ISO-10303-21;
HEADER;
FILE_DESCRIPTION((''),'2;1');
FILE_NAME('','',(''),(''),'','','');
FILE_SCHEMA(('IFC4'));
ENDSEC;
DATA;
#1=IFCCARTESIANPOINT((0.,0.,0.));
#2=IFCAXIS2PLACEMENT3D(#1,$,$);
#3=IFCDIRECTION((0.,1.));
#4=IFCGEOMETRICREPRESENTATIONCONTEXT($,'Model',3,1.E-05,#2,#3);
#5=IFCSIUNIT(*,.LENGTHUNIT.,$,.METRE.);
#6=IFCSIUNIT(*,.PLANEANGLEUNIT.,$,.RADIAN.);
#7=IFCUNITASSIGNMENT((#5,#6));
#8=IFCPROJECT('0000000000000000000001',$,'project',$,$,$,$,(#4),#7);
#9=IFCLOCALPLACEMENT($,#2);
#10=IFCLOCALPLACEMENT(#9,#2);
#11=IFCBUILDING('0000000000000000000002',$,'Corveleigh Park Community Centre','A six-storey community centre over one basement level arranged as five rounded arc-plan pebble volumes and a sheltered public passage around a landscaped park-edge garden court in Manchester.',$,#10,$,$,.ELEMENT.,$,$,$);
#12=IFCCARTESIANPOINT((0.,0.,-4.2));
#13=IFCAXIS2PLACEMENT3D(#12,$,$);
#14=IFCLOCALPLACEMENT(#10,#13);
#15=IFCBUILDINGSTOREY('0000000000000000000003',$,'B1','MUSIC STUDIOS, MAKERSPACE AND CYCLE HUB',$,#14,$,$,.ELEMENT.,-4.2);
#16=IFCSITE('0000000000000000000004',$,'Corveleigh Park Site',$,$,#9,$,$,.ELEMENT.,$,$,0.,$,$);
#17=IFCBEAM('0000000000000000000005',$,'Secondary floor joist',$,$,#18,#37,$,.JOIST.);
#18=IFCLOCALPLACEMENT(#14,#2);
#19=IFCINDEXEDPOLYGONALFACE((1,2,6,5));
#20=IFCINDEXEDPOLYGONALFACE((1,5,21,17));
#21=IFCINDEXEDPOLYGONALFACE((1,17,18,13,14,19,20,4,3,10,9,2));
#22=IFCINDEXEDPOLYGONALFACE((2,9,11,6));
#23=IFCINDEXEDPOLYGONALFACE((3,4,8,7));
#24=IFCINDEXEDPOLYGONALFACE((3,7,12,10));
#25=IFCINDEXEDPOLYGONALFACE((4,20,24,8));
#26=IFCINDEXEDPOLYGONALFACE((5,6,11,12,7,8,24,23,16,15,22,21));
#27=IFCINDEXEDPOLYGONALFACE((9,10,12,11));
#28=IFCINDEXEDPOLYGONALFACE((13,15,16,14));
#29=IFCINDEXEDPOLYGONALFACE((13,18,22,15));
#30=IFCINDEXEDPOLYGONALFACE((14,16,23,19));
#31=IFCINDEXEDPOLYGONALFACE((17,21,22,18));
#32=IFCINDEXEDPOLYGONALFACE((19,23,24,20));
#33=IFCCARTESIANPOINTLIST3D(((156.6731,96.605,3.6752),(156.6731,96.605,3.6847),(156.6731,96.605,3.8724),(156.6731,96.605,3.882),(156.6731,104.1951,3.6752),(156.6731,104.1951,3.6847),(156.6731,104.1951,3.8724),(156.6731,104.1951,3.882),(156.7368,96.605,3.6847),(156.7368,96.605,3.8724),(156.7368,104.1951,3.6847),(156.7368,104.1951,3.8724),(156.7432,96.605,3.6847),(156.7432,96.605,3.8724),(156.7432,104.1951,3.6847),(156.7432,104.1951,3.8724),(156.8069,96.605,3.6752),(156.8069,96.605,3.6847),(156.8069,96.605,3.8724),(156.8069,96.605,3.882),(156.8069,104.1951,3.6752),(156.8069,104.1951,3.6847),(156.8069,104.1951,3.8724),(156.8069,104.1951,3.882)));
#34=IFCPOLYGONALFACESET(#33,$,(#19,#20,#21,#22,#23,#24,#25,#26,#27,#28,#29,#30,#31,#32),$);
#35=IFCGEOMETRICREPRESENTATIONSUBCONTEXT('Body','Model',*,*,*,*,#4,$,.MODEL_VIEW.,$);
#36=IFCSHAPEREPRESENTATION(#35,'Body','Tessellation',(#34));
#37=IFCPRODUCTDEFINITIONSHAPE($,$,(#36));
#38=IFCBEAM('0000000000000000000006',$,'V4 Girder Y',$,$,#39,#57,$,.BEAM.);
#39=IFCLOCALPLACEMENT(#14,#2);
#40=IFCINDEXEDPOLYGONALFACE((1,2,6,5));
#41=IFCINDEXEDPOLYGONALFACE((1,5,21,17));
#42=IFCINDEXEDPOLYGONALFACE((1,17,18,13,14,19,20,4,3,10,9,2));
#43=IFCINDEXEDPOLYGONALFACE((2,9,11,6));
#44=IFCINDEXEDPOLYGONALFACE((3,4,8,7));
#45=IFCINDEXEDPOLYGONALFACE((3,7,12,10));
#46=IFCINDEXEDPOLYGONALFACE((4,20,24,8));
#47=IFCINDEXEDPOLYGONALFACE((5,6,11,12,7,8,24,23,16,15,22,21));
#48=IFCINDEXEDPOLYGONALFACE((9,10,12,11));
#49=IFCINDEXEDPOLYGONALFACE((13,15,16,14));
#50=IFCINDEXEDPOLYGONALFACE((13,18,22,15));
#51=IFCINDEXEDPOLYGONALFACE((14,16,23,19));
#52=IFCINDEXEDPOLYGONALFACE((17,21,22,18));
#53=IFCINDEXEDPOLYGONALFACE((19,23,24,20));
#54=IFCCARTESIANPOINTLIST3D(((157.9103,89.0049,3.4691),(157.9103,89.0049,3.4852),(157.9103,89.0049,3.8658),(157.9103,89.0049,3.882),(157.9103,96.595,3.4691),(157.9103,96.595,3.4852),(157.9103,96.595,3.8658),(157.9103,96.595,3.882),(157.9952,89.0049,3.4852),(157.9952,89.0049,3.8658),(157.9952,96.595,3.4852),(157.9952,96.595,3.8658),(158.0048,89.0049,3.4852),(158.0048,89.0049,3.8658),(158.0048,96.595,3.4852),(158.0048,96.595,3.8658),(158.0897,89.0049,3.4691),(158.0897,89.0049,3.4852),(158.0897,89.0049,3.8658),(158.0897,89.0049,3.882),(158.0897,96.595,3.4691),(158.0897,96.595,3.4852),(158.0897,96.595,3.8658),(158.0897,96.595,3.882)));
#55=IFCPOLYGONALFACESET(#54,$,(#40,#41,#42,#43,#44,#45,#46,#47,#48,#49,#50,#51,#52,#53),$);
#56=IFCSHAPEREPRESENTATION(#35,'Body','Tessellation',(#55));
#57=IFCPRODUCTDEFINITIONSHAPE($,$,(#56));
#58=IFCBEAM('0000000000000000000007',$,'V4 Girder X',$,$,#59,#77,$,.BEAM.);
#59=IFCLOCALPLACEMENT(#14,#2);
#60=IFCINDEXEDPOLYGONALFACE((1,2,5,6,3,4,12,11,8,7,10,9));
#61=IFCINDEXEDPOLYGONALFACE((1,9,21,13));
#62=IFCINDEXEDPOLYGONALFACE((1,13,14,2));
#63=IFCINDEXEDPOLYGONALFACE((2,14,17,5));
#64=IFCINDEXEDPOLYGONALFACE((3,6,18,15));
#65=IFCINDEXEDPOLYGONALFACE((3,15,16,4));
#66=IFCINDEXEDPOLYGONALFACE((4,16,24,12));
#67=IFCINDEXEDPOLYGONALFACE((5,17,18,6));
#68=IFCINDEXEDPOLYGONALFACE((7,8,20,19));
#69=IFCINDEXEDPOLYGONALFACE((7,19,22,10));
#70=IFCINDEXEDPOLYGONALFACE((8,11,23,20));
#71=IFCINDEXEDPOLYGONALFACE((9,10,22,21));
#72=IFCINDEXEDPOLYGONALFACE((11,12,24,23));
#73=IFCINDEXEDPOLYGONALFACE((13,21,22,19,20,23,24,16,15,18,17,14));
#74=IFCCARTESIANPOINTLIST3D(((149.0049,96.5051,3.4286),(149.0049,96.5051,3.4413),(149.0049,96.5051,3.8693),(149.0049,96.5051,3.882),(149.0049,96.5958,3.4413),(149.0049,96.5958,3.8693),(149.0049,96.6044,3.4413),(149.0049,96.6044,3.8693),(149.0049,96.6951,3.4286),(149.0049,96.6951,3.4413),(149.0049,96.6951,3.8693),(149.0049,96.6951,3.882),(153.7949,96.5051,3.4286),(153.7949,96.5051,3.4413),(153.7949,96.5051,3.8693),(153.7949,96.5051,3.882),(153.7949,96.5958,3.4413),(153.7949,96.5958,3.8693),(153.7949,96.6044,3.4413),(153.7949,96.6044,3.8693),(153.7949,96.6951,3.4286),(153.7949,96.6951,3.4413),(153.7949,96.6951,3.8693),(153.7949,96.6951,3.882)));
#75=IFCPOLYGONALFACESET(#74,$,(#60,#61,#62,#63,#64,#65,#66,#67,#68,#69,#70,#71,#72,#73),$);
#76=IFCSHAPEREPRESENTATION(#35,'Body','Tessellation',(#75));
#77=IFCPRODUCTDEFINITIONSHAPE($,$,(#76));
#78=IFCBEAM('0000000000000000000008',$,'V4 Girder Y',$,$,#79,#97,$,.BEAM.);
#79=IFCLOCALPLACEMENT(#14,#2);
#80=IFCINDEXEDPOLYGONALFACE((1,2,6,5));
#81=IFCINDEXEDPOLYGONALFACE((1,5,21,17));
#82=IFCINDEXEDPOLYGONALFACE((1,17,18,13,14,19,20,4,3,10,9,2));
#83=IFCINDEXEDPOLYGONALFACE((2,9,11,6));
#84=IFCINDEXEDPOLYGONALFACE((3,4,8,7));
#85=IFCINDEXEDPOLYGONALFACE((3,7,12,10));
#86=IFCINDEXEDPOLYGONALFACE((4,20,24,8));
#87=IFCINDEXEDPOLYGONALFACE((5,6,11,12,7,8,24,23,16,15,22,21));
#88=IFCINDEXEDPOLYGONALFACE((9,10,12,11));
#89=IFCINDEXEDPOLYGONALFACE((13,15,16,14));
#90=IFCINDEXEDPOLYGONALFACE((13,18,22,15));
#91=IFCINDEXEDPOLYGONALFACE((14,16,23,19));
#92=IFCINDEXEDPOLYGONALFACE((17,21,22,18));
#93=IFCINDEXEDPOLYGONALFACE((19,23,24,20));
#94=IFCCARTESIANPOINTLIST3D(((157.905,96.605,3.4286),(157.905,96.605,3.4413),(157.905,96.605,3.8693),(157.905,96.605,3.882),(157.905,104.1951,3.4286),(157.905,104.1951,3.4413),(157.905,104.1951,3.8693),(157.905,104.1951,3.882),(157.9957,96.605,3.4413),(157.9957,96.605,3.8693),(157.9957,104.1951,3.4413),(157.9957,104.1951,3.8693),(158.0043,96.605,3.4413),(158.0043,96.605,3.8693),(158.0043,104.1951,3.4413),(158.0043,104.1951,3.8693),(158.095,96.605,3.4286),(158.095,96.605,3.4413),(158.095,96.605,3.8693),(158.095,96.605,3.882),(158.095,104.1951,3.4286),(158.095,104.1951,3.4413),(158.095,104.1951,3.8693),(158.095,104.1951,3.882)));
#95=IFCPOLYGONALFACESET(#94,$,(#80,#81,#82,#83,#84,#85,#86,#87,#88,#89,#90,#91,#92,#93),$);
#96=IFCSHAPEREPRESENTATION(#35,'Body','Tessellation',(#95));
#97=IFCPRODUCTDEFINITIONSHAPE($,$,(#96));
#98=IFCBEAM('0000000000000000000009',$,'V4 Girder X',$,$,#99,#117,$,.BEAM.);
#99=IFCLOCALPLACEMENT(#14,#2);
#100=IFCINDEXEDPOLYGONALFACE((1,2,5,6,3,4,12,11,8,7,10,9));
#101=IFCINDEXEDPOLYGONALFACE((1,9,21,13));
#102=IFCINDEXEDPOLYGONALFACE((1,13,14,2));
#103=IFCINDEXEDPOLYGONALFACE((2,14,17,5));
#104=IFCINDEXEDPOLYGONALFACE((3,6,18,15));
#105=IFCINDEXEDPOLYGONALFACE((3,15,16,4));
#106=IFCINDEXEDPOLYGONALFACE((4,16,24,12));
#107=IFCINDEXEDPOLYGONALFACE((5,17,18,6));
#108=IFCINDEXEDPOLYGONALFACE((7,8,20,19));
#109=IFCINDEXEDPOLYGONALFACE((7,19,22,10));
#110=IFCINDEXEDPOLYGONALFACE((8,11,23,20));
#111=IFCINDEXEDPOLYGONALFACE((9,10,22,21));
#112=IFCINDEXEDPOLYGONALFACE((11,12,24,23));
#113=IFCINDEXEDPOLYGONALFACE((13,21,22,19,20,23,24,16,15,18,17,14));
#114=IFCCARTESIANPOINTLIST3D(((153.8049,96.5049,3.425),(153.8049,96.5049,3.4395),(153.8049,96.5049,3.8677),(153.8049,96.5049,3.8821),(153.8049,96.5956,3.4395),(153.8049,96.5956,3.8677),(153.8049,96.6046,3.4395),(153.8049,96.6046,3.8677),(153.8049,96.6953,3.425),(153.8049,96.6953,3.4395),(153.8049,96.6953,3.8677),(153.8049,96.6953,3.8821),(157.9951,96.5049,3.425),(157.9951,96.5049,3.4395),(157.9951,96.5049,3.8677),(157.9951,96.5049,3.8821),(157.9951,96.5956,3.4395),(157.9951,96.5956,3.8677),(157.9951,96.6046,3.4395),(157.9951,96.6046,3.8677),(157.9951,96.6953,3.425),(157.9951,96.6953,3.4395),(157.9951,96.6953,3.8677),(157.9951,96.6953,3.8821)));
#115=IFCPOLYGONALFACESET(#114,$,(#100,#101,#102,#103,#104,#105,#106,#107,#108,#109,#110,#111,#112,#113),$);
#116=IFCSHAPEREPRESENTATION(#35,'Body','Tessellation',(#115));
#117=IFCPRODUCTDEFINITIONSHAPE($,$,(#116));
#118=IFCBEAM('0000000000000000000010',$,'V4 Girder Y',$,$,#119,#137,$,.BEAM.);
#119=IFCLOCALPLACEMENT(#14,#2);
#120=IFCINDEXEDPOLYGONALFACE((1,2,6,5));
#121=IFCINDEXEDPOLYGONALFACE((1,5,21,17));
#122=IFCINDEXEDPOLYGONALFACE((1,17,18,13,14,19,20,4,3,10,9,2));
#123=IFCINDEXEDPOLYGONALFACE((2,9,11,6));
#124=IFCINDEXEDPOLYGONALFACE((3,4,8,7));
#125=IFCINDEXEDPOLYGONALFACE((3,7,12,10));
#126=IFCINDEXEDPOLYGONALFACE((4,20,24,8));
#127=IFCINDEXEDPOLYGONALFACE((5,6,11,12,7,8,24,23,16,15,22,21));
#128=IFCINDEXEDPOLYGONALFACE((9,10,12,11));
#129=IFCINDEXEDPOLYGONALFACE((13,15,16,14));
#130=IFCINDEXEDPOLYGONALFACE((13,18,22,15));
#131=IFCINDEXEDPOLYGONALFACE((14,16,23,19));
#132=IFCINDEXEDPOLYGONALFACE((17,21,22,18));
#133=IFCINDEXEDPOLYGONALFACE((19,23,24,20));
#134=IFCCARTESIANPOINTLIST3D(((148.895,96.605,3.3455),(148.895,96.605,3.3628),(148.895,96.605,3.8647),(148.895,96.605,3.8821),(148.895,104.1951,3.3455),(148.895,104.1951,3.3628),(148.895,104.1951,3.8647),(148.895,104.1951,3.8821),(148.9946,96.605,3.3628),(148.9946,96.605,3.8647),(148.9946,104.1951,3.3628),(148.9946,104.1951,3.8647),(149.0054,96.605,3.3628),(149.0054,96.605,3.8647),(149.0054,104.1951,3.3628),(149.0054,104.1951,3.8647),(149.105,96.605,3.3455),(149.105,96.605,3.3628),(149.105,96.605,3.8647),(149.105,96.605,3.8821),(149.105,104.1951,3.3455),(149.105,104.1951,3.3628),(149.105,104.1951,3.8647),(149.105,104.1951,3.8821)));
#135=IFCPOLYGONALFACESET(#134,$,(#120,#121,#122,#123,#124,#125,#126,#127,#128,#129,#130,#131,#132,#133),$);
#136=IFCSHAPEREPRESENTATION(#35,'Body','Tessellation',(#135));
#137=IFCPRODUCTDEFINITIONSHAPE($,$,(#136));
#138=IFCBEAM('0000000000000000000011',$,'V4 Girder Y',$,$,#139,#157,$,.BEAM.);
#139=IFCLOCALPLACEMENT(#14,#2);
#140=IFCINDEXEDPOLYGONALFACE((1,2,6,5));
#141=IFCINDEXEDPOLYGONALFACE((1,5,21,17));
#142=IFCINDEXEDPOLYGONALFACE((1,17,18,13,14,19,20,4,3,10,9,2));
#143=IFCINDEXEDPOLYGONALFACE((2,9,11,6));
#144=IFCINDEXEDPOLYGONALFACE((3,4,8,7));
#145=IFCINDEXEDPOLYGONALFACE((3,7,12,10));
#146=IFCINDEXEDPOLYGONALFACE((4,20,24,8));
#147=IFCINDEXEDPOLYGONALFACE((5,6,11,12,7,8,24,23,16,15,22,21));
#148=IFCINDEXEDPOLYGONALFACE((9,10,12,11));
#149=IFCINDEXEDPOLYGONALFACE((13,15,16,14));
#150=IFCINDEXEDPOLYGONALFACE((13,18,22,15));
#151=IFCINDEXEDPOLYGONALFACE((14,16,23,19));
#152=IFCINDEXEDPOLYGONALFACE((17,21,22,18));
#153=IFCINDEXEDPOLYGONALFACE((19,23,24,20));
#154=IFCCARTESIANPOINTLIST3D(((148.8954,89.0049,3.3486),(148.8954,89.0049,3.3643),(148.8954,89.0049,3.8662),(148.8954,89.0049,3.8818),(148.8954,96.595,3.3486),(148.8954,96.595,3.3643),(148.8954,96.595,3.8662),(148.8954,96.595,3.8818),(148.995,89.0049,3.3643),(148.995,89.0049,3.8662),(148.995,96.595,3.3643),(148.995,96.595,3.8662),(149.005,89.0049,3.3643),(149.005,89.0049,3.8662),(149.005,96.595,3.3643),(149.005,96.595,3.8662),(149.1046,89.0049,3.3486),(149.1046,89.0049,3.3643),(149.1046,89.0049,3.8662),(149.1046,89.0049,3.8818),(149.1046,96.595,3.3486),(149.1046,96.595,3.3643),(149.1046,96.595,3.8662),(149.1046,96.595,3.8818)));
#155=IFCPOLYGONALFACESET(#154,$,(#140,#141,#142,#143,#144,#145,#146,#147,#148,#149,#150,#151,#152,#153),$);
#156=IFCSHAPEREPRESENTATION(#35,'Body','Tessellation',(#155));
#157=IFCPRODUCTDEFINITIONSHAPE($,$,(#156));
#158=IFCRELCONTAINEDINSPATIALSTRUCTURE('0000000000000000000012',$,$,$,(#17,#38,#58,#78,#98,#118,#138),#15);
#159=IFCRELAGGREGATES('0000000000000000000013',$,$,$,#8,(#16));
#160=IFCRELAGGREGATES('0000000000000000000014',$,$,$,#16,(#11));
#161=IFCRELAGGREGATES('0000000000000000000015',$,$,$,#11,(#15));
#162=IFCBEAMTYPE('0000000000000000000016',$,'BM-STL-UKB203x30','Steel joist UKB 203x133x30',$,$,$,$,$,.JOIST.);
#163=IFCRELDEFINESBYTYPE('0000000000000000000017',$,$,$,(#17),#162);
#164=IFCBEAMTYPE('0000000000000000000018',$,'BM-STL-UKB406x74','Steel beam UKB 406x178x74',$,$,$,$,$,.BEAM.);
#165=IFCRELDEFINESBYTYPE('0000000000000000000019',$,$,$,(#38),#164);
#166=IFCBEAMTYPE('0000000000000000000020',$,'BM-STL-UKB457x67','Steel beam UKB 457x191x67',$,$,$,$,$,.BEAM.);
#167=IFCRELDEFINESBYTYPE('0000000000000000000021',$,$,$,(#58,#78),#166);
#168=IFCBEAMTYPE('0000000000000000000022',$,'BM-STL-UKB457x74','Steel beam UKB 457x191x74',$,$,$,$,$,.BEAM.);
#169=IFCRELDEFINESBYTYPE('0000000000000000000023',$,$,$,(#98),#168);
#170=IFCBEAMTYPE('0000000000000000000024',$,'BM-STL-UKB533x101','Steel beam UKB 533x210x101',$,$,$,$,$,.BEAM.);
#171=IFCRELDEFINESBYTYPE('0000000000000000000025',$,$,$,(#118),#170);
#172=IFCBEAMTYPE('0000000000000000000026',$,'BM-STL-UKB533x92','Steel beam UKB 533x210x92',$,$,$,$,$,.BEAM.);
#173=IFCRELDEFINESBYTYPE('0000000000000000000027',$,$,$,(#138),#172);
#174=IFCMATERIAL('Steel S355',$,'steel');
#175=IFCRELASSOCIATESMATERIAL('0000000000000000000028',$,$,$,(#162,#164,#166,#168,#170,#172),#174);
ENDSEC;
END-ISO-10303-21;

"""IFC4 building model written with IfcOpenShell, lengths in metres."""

from ifc_helpers import new_model, si_unit, direction, frame, origin, origin_2d, place, context, subcontext, project, spatial, i_section, extrude, material, material_profile, profile_set, type_object, element, save


model = new_model("IFC4")

# Units and contexts
model_context = context("Model", 3, precision=1e-05, world=origin(), true_north=direction((0.0, 1.0)))
body_context = subcontext(model_context, "Body", "Model", "MODEL_VIEW")
ifc_project = project(units=[si_unit("LENGTHUNIT", "METRE"), si_unit("PLANEANGLEUNIT", "RADIAN")], contexts=[model_context])

# Site, building, storey
site_placement = place(None, origin())
site = spatial("IfcSite", under=ifc_project, at=site_placement, Name="Corveleigh Park Site", CompositionType="ELEMENT", RefElevation=0.0)
building_placement = place(site_placement, origin())
building = spatial("IfcBuilding", under=site, at=building_placement, Name="Corveleigh Park Community Centre", Description="A six-storey community centre over one basement level arranged as five rounded arc-plan pebble volumes and a sheltered public passage around a landscaped park-edge garden court in Manchester.", CompositionType="ELEMENT")
storey_placement = place(building_placement, frame((0.0, 0.0, -4.2)))
storey = spatial("IfcBuildingStorey", under=building, at=storey_placement, Name="B1", Description="MUSIC STUDIOS, MAKERSPACE AND CYCLE HUB", CompositionType="ELEMENT", Elevation=-4.2)

# Shared definitions
ifc_material_1 = material(Name="Steel S355", Category="steel")

# Beams
ifc_material_profile_1 = material_profile(ifc_material_1, i_section(OverallWidth=0.1338, OverallDepth=0.2068, WebThickness=0.0063, FlangeThickness=0.0095, at=origin_2d()), Name="UKB 203x133x30", Category="steel")
ifc_profile_set_1 = profile_set([ifc_material_profile_1], Name="Steel S355")
beam_type_1 = type_object("IfcBeamType", Name="BM-STL-UKB203x30", Description="Steel joist UKB 203x133x30", PredefinedType="JOIST", material=ifc_profile_set_1)
for number, where, z_axis, x_axis, name in (
    (1, (156.74, 96.605, 3.7786), (0.0, 1.0, 0.0), (-1.0, 0.0, 0.0), "Secondary floor joist"),
):
    element("IfcBeam", number, at=place(storey_placement, frame(where, z_axis=z_axis, x_axis=x_axis)), inside=storey, type_object=beam_type_1, Name=name, PredefinedType="JOIST", context=body_context, shape_type="SweptSolid", body=[
        extrude(i_section(OverallWidth=0.1338, OverallDepth=0.2068, WebThickness=0.0063, FlangeThickness=0.0095, at=origin_2d()), origin(), (0.0, 0.0, 1.0), 7.5901),
    ])
ifc_material_profile_2 = material_profile(ifc_material_1, i_section(OverallWidth=0.1794, OverallDepth=0.4128, WebThickness=0.0095, FlangeThickness=0.0161, at=origin_2d()), Name="UKB 406x178x74", Category="steel")
ifc_profile_set_2 = profile_set([ifc_material_profile_2], Name="Steel S355")
beam_type_2 = type_object("IfcBeamType", Name="BM-STL-UKB406x74", Description="Steel beam UKB 406x178x74", PredefinedType="BEAM", material=ifc_profile_set_2)
beam_1_placement = place(storey_placement, frame((158.0, 89.0049, 3.6755), z_axis=(0.0, 1.0, 0.0), x_axis=(-1.0, 0.0, 0.0)))
element("IfcBeam", 2, at=beam_1_placement, inside=storey, type_object=beam_type_2, Name="V4 Girder Y", PredefinedType="BEAM", context=body_context, shape_type="SweptSolid", body=[
    extrude(i_section(OverallWidth=0.1794, OverallDepth=0.4128, WebThickness=0.0095, FlangeThickness=0.0161, at=origin_2d()), origin(), (0.0, 0.0, 1.0), 7.5901),
])
ifc_material_profile_3 = material_profile(ifc_material_1, i_section(OverallWidth=0.1899, OverallDepth=0.4534, WebThickness=0.0085, FlangeThickness=0.0127, at=origin_2d()), Name="UKB 457x191x67", Category="steel")
ifc_profile_set_3 = profile_set([ifc_material_profile_3], Name="Steel S355")
beam_type_3 = type_object("IfcBeamType", Name="BM-STL-UKB457x67", Description="Steel beam UKB 457x191x67", PredefinedType="BEAM", material=ifc_profile_set_3)
beam_2_placement = place(storey_placement, frame((149.0049, 96.6001, 3.6553), z_axis=(1.0, 0.0, 0.0), x_axis=(0.0, 1.0, 0.0)))
element("IfcBeam", 3, at=beam_2_placement, inside=storey, type_object=beam_type_3, Name="V4 Girder X", PredefinedType="BEAM", context=body_context, shape_type="SweptSolid", body=[
    extrude(i_section(OverallWidth=0.1899, OverallDepth=0.4534, WebThickness=0.0085, FlangeThickness=0.0127, at=origin_2d()), origin(), (0.0, 0.0, 1.0), 4.79),
])
beam_3_placement = place(storey_placement, frame((158.0, 96.605, 3.6553), z_axis=(0.0, 1.0, 0.0), x_axis=(-1.0, 0.0, 0.0)))
element("IfcBeam", 4, at=beam_3_placement, inside=storey, type_object=beam_type_3, Name="V4 Girder Y", PredefinedType="BEAM", context=body_context, shape_type="SweptSolid", body=[
    extrude(i_section(OverallWidth=0.1899, OverallDepth=0.4534, WebThickness=0.0085, FlangeThickness=0.0127, at=origin_2d()), origin(), (0.0, 0.0, 1.0), 7.5901),
])
ifc_material_profile_4 = material_profile(ifc_material_1, i_section(OverallWidth=0.1904, OverallDepth=0.457, WebThickness=0.009, FlangeThickness=0.0144, at=origin_2d()), Name="UKB 457x191x74", Category="steel")
ifc_profile_set_4 = profile_set([ifc_material_profile_4], Name="Steel S355")
beam_type_4 = type_object("IfcBeamType", Name="BM-STL-UKB457x74", Description="Steel beam UKB 457x191x74", PredefinedType="BEAM", material=ifc_profile_set_4)
beam_4_placement = place(storey_placement, frame((153.8049, 96.6001, 3.6536), z_axis=(1.0, 0.0, 0.0), x_axis=(0.0, 1.0, 0.0)))
element("IfcBeam", 5, at=beam_4_placement, inside=storey, type_object=beam_type_4, Name="V4 Girder X", PredefinedType="BEAM", context=body_context, shape_type="SweptSolid", body=[
    extrude(i_section(OverallWidth=0.1904, OverallDepth=0.457, WebThickness=0.009, FlangeThickness=0.0144, at=origin_2d()), origin(), (0.0, 0.0, 1.0), 4.1902),
])
ifc_material_profile_5 = material_profile(ifc_material_1, i_section(OverallWidth=0.21, OverallDepth=0.5366, WebThickness=0.0107, FlangeThickness=0.0173, at=origin_2d()), Name="UKB 533x210x101", Category="steel")
ifc_profile_set_5 = profile_set([ifc_material_profile_5], Name="Steel S355")
beam_type_5 = type_object("IfcBeamType", Name="BM-STL-UKB533x101", Description="Steel beam UKB 533x210x101", PredefinedType="BEAM", material=ifc_profile_set_5)
beam_5_placement = place(storey_placement, frame((149.0, 96.605, 3.6138), z_axis=(0.0, 1.0, 0.0), x_axis=(-1.0, 0.0, 0.0)))
element("IfcBeam", 6, at=beam_5_placement, inside=storey, type_object=beam_type_5, Name="V4 Girder Y", PredefinedType="BEAM", context=body_context, shape_type="SweptSolid", body=[
    extrude(i_section(OverallWidth=0.21, OverallDepth=0.5366, WebThickness=0.0107, FlangeThickness=0.0173, at=origin_2d()), origin(), (0.0, 0.0, 1.0), 7.5901),
])
ifc_material_profile_6 = material_profile(ifc_material_1, i_section(OverallWidth=0.2092, OverallDepth=0.5332, WebThickness=0.01, FlangeThickness=0.0156, at=origin_2d()), Name="UKB 533x210x92", Category="steel")
ifc_profile_set_6 = profile_set([ifc_material_profile_6], Name="Steel S355")
beam_type_6 = type_object("IfcBeamType", Name="BM-STL-UKB533x92", Description="Steel beam UKB 533x210x92", PredefinedType="BEAM", material=ifc_profile_set_6)
beam_6_placement = place(storey_placement, frame((149.0, 89.0049, 3.6152), z_axis=(0.0, 1.0, 0.0), x_axis=(-1.0, 0.0, 0.0)))
element("IfcBeam", 7, at=beam_6_placement, inside=storey, type_object=beam_type_6, Name="V4 Girder Y", PredefinedType="BEAM", context=body_context, shape_type="SweptSolid", body=[
    extrude(i_section(OverallWidth=0.2092, OverallDepth=0.5332, WebThickness=0.01, FlangeThickness=0.0156, at=origin_2d()), origin(), (0.0, 0.0, 1.0), 7.5901),
])

save(model, "model.ifc")
